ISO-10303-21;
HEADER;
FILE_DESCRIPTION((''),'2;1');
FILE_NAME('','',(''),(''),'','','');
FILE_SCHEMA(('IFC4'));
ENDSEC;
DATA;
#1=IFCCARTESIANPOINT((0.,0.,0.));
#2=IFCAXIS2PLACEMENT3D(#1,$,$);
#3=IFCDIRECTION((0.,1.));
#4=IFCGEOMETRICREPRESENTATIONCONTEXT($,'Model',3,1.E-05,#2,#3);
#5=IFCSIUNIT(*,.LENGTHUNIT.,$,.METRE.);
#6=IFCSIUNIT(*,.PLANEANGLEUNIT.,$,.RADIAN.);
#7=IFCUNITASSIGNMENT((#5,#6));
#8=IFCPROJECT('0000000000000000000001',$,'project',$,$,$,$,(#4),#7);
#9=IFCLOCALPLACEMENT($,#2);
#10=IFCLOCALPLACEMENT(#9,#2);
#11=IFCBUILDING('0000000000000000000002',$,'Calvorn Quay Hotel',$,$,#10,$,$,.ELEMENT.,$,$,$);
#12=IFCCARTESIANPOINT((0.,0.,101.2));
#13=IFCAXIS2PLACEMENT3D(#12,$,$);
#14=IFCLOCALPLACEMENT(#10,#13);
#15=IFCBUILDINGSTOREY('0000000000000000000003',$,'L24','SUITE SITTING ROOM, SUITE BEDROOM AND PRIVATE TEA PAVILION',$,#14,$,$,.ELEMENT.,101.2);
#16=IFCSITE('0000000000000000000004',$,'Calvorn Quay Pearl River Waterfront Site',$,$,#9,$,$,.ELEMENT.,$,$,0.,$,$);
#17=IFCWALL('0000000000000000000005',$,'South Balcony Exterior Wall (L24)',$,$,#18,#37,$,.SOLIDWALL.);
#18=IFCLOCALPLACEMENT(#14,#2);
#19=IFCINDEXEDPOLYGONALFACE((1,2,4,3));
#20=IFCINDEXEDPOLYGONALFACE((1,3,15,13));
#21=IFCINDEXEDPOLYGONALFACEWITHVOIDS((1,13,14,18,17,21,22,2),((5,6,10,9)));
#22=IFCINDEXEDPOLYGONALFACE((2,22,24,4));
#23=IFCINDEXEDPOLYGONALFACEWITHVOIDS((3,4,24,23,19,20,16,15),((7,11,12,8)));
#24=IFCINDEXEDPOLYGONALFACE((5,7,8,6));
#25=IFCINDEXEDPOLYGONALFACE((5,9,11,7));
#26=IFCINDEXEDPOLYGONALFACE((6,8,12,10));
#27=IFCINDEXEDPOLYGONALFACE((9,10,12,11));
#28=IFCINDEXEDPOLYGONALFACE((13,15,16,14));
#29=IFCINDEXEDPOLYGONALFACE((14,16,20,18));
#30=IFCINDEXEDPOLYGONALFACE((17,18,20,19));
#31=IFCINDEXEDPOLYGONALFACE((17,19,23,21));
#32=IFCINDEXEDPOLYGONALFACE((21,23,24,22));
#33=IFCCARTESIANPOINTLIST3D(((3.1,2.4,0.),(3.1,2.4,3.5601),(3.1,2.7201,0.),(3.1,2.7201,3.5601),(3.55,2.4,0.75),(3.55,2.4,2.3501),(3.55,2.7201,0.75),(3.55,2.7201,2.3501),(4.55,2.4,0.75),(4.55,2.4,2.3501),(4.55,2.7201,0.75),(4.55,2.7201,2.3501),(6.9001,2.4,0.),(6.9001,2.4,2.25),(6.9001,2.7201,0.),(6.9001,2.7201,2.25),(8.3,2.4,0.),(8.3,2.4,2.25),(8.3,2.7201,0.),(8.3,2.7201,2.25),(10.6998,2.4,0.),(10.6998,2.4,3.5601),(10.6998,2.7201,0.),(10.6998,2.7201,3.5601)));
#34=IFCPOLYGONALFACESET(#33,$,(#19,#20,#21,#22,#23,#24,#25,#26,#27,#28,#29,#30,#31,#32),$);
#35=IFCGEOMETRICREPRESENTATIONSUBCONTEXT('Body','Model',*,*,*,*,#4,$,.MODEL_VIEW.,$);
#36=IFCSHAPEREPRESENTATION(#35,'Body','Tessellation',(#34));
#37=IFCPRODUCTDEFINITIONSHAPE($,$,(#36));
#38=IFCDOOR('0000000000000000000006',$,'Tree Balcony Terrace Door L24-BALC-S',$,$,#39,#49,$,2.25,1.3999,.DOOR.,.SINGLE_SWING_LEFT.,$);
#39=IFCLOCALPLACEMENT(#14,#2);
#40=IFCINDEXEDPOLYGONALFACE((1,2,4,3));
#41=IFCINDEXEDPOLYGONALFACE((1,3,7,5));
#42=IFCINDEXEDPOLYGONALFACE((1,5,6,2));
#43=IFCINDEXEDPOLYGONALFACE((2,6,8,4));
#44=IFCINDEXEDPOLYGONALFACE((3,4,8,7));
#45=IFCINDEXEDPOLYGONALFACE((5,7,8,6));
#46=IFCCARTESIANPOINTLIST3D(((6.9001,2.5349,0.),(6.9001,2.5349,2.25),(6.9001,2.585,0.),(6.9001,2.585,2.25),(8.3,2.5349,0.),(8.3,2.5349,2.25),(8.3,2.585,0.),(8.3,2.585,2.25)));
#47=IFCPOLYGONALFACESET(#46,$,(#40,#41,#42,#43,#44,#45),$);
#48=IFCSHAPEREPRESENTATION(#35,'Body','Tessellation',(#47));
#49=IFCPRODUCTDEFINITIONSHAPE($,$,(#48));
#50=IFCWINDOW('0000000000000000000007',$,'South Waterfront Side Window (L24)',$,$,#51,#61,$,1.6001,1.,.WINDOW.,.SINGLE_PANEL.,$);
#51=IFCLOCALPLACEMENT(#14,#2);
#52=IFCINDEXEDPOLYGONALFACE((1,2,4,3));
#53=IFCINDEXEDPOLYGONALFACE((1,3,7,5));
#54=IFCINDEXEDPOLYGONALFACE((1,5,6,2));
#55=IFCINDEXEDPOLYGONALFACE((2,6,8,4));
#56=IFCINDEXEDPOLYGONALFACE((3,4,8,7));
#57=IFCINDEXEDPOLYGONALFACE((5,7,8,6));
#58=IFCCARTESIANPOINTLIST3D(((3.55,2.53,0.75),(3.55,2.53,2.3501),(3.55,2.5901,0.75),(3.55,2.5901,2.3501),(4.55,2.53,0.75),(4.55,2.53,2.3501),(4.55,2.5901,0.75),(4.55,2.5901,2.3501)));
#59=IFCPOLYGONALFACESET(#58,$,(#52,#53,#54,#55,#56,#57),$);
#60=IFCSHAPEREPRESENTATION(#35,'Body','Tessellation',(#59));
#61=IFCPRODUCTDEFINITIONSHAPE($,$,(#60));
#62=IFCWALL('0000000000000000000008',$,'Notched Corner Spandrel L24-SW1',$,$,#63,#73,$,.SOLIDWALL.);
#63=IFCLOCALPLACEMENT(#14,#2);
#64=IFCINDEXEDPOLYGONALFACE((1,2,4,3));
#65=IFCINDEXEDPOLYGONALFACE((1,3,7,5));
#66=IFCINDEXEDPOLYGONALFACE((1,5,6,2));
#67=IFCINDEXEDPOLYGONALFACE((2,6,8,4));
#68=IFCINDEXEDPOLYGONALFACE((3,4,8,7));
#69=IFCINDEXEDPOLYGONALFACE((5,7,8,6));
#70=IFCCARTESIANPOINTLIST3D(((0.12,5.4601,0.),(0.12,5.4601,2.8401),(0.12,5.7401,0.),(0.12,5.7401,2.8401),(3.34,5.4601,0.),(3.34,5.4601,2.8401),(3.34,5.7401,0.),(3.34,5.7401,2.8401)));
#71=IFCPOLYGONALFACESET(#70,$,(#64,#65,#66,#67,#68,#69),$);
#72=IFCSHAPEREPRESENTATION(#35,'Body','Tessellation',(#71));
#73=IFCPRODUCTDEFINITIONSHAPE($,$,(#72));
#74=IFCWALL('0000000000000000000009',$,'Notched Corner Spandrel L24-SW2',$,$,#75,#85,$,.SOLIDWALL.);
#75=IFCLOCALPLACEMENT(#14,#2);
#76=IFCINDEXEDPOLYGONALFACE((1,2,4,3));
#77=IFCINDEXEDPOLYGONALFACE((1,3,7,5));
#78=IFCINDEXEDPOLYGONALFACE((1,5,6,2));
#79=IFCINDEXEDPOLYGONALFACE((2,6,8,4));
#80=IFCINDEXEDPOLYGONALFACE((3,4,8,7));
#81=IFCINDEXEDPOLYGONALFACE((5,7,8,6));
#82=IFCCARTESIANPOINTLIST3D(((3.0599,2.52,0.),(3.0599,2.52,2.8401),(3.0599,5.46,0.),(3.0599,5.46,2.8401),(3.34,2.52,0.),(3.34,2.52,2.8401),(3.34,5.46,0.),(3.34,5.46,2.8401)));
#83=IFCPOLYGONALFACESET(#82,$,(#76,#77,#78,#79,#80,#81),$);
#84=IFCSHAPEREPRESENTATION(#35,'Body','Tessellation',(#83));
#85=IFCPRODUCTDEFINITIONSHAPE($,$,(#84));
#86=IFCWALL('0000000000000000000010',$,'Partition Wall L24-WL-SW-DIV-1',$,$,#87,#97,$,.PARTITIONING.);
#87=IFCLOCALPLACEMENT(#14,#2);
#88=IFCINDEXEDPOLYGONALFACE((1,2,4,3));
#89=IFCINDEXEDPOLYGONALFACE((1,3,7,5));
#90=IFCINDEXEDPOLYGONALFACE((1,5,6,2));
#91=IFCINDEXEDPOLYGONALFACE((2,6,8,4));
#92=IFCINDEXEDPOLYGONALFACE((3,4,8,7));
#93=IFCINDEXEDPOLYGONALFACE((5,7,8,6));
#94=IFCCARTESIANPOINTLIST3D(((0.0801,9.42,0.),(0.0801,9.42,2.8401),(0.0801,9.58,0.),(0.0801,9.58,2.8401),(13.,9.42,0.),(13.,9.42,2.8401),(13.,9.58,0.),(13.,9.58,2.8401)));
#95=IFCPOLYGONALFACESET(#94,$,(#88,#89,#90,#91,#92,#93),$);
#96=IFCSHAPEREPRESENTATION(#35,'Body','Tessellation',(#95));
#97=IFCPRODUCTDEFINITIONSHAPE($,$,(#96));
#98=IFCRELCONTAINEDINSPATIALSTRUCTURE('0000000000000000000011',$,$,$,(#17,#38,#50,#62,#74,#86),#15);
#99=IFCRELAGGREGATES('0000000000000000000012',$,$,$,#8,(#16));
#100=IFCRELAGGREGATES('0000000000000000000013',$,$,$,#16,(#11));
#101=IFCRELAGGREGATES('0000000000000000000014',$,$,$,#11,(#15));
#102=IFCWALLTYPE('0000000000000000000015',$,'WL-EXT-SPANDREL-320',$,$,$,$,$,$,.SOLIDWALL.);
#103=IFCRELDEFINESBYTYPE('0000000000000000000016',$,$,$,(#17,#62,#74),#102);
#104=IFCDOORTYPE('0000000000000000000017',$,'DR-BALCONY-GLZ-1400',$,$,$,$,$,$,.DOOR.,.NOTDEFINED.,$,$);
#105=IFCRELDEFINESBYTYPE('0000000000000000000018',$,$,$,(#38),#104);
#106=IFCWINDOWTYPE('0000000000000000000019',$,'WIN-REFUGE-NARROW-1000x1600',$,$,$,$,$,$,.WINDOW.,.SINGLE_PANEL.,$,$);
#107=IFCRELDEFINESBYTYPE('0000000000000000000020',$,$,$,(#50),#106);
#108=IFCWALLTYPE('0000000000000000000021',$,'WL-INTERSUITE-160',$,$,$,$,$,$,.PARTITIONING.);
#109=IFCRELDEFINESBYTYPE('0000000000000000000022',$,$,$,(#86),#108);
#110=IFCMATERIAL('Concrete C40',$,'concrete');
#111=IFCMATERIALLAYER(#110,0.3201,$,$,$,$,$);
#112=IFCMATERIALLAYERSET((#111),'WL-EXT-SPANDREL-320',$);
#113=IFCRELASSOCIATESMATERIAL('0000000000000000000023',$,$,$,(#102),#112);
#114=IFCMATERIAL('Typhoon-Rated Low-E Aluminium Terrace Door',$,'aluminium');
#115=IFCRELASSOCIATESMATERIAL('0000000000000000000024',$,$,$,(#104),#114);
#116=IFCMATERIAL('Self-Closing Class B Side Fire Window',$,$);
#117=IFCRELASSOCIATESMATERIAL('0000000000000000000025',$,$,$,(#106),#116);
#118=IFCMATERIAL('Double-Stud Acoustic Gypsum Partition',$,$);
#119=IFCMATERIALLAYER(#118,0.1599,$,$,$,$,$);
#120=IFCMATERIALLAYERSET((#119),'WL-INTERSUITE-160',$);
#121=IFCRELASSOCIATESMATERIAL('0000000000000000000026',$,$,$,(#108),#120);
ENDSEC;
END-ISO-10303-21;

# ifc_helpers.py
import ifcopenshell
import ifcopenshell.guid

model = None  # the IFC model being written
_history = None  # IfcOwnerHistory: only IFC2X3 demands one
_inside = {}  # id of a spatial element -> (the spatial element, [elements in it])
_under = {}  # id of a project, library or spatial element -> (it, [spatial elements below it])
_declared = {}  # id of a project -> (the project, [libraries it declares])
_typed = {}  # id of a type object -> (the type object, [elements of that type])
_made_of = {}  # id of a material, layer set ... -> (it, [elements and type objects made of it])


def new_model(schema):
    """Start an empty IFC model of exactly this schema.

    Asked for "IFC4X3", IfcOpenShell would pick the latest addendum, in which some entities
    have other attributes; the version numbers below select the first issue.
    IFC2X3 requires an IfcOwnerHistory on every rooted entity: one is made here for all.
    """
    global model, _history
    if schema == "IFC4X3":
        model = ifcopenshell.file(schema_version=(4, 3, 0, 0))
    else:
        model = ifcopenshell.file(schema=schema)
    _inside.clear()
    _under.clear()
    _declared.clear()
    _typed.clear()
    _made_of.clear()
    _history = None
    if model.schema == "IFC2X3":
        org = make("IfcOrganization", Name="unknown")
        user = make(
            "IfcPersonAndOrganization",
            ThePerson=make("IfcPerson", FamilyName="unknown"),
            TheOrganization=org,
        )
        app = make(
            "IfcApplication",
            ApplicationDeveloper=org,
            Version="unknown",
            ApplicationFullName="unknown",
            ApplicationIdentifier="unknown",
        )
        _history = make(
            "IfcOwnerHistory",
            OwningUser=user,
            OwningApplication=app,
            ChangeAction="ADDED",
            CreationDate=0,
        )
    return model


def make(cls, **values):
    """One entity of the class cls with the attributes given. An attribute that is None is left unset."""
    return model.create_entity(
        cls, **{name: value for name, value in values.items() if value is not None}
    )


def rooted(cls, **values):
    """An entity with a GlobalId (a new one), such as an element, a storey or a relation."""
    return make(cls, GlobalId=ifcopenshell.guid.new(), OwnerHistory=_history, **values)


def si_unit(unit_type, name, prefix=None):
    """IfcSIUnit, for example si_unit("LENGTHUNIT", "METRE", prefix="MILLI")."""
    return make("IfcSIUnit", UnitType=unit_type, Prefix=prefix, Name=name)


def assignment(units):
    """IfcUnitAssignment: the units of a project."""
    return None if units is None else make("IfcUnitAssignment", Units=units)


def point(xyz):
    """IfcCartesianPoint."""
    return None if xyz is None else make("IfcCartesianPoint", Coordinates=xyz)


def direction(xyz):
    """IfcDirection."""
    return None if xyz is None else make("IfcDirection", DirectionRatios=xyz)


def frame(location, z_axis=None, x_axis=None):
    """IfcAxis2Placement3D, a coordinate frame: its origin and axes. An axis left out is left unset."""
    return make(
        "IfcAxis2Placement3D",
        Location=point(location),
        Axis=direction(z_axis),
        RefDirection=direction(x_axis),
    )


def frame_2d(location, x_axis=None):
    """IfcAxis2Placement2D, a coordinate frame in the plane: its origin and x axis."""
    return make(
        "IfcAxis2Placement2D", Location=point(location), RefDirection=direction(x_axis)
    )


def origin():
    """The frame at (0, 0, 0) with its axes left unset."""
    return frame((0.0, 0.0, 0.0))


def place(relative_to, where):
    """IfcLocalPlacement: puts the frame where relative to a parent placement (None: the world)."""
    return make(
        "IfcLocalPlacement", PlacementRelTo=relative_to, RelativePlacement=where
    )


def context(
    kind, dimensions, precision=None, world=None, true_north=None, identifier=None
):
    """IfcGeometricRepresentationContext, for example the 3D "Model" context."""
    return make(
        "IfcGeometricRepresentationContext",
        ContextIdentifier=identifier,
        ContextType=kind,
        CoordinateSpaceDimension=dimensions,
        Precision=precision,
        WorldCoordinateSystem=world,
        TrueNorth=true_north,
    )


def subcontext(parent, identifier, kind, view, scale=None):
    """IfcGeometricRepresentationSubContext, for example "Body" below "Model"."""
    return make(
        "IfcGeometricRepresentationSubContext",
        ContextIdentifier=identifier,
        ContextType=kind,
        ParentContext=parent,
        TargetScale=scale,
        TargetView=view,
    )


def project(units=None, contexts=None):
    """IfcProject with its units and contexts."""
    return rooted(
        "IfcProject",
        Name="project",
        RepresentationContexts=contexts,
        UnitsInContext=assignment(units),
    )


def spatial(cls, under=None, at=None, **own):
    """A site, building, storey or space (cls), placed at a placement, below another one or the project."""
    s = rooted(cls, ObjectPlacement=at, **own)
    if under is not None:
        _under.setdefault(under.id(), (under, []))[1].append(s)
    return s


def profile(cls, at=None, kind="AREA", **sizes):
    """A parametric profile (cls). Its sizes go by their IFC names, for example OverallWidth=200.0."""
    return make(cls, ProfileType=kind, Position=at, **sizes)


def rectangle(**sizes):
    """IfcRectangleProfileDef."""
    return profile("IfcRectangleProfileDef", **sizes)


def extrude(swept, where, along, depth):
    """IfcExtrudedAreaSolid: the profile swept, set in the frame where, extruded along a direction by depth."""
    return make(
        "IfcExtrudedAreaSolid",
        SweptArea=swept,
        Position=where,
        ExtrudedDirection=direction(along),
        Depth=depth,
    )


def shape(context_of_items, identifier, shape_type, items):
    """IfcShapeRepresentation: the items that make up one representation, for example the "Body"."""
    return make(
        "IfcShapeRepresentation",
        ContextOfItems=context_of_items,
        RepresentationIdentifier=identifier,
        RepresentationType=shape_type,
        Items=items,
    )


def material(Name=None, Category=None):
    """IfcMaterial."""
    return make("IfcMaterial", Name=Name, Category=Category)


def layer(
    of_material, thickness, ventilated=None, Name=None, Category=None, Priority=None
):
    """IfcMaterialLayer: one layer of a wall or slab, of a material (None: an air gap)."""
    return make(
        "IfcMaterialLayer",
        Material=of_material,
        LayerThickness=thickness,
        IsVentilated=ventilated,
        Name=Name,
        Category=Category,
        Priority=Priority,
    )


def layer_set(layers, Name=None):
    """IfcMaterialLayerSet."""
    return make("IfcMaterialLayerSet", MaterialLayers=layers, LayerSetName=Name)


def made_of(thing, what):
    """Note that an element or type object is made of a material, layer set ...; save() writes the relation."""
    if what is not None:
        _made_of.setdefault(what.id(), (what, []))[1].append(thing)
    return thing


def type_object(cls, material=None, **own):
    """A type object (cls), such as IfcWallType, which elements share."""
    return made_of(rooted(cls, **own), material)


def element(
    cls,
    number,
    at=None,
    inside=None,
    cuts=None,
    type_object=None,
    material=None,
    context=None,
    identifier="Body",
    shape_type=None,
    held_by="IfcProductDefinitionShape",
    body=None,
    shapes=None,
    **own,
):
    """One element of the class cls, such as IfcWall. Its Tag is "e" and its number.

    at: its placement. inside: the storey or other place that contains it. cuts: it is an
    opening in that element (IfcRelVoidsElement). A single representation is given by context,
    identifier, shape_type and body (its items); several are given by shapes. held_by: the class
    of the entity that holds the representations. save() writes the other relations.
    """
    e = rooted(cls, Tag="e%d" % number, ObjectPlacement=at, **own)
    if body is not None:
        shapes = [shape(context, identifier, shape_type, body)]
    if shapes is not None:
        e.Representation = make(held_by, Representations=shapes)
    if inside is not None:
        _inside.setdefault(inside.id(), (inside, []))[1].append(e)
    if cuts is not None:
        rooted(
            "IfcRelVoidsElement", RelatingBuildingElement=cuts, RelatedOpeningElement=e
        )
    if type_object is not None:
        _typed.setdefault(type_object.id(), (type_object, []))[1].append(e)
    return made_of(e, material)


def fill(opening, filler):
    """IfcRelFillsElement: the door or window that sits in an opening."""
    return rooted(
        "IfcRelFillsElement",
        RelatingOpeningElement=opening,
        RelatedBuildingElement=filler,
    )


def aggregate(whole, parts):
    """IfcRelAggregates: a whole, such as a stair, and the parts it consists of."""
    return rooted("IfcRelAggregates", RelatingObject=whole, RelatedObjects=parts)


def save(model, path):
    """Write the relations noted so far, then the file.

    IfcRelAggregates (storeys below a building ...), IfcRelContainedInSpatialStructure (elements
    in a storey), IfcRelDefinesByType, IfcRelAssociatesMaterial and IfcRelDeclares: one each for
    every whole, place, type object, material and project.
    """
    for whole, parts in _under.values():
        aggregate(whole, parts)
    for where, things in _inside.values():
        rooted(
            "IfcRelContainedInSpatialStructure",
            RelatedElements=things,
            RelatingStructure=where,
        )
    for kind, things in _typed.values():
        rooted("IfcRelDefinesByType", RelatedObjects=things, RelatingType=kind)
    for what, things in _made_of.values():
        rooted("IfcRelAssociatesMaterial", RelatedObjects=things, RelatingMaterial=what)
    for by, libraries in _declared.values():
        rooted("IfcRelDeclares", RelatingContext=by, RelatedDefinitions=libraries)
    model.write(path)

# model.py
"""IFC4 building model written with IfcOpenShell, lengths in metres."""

from ifc_helpers import new_model, si_unit, direction, frame, frame_2d, origin, place, context, subcontext, project, spatial, rectangle, extrude, material, layer, layer_set, type_object, element, fill, save


model = new_model("IFC4")

# Units and contexts
model_context = context("Model", 3, precision=1e-05, world=origin(), true_north=direction((0.0, 1.0)))
body_context = subcontext(model_context, "Body", "Model", "MODEL_VIEW")
ifc_project = project(units=[si_unit("LENGTHUNIT", "METRE"), si_unit("PLANEANGLEUNIT", "RADIAN")], contexts=[model_context])

# Site, building, storey
site_placement = place(None, origin())
site = spatial("IfcSite", under=ifc_project, at=site_placement, Name="Calvorn Quay Pearl River Waterfront Site", CompositionType="ELEMENT", RefElevation=0.0)
building_placement = place(site_placement, origin())
building = spatial("IfcBuilding", under=site, at=building_placement, Name="Calvorn Quay Hotel", CompositionType="ELEMENT")
storey_placement = place(building_placement, frame((0.0, 0.0, 101.2)))
storey = spatial("IfcBuildingStorey", under=building, at=storey_placement, Name="L24", Description="SUITE SITTING ROOM, SUITE BEDROOM AND PRIVATE TEA PAVILION", CompositionType="ELEMENT", Elevation=101.2)

# Wall, openings, door, window
ifc_material_1 = material(Name="Concrete C40", Category="concrete")
ifc_layer_1 = layer(ifc_material_1, 0.3201)
ifc_layer_set_1 = layer_set([ifc_layer_1], Name="WL-EXT-SPANDREL-320")
wall_type_1 = type_object("IfcWallType", Name="WL-EXT-SPANDREL-320", PredefinedType="SOLIDWALL", material=ifc_layer_set_1)
wall_1_placement = place(storey_placement, frame((3.1001, 2.5601, 0.0), z_axis=(0.0, 0.0, 1.0), x_axis=(1.0, 0.0, 0.0)))
wall_1 = element("IfcWall", 1, at=wall_1_placement, inside=storey, type_object=wall_type_1, Name="South Balcony Exterior Wall (L24)", PredefinedType="SOLIDWALL", context=body_context, shape_type="SweptSolid", body=[
    extrude(rectangle(XDim=7.5999, YDim=0.3201, at=frame_2d((3.7998, 0.0))), origin(), (0.0, 0.0, 1.0), 3.5601),
])
opening_1_placement = place(wall_1_placement, frame((0.45, 0.0, 0.75)))
opening_1 = element("IfcOpeningElement", 2, at=opening_1_placement, cuts=wall_1, PredefinedType="OPENING", context=body_context, shape_type="SweptSolid", body=[
    extrude(rectangle(XDim=1.0, YDim=1.6001, at=frame_2d((0.5, 0.8))), frame((0.0, 0.1699, 0.0), z_axis=(0.0, -1.0, 0.0), x_axis=(1.0, 0.0, 0.0)), (0.0, 0.0, 1.0), 0.3401),
])
opening_2_placement = place(wall_1_placement, frame((3.8, 0.0, 0.0)))
opening_2 = element("IfcOpeningElement", 3, at=opening_2_placement, cuts=wall_1, PredefinedType="OPENING", context=body_context, shape_type="SweptSolid", body=[
    extrude(rectangle(XDim=1.3999, YDim=2.25, at=frame_2d((0.7, 1.125))), frame((0.0, 0.1699, 0.0), z_axis=(0.0, -1.0, 0.0), x_axis=(1.0, 0.0, 0.0)), (0.0, 0.0, 1.0), 0.3401),
])
ifc_material_2 = material(Name="Typhoon-Rated Low-E Aluminium Terrace Door", Category="aluminium")
door_type_1 = type_object("IfcDoorType", Name="DR-BALCONY-GLZ-1400", OperationType="NOTDEFINED", PredefinedType="DOOR", material=ifc_material_2)
door_1_placement = place(opening_2_placement, origin())
door_1 = element("IfcDoor", 4, at=door_1_placement, inside=storey, type_object=door_type_1, Name="Tree Balcony Terrace Door L24-BALC-S", OperationType="SINGLE_SWING_LEFT", OverallHeight=2.25, OverallWidth=1.3999, PredefinedType="DOOR", context=body_context, shape_type="SweptSolid", body=[
    extrude(rectangle(XDim=1.3999, YDim=2.25, at=frame_2d((0.7, 1.125))), frame((0.0, 0.0249, 0.0), z_axis=(0.0, -1.0, 0.0), x_axis=(1.0, 0.0, 0.0)), (0.0, 0.0, 1.0), 0.05),
])
fill(opening_2, door_1)
ifc_material_3 = material(Name="Self-Closing Class B Side Fire Window")
window_type = type_object("IfcWindowType", Name="WIN-REFUGE-NARROW-1000x1600", PartitioningType="SINGLE_PANEL", PredefinedType="WINDOW", material=ifc_material_3)
window_placement = place(opening_1_placement, origin())
window = element("IfcWindow", 5, at=window_placement, inside=storey, type_object=window_type, Name="South Waterfront Side Window (L24)", OverallHeight=1.6001, OverallWidth=1.0, PartitioningType="SINGLE_PANEL", PredefinedType="WINDOW", context=body_context, shape_type="SweptSolid", body=[
    extrude(rectangle(XDim=1.0, YDim=1.6001, at=frame_2d((0.5, 0.8))), frame((0.0, 0.03, 0.0), z_axis=(0.0, -1.0, 0.0), x_axis=(1.0, 0.0, 0.0)), (0.0, 0.0, 1.0), 0.0601),
])
fill(opening_1, window)

# Walls
wall_2_placement = place(storey_placement, frame((0.1201, 5.6001, 0.0), z_axis=(0.0, 0.0, 1.0), x_axis=(1.0, 0.0, 0.0)))
element("IfcWall", 6, at=wall_2_placement, inside=storey, type_object=wall_type_1, Name="Notched Corner Spandrel L24-SW1", PredefinedType="SOLIDWALL", context=body_context, shape_type="SweptSolid", body=[
    extrude(rectangle(XDim=3.22, YDim=0.28, at=frame_2d((1.6099, 0.0))), origin(), (0.0, 0.0, 1.0), 2.8401),
])
wall_3_placement = place(storey_placement, frame((3.2, 5.46, 0.0), z_axis=(0.0, 0.0, 1.0), x_axis=(0.0, -1.0, 0.0)))
element("IfcWall", 7, at=wall_3_placement, inside=storey, type_object=wall_type_1, Name="Notched Corner Spandrel L24-SW2", PredefinedType="SOLIDWALL", context=body_context, shape_type="SweptSolid", body=[
    extrude(rectangle(XDim=2.9399, YDim=0.28, at=frame_2d((1.47, 0.0))), origin(), (0.0, 0.0, 1.0), 2.8401),
])
ifc_material_4 = material(Name="Double-Stud Acoustic Gypsum Partition")
ifc_layer_2 = layer(ifc_material_4, 0.1599)
ifc_layer_set_2 = layer_set([ifc_layer_2], Name="WL-INTERSUITE-160")
wall_type_2 = type_object("IfcWallType", Name="WL-INTERSUITE-160", PredefinedType="PARTITIONING", material=ifc_layer_set_2)
wall_4_placement = place(storey_placement, frame((0.0801, 9.5, 0.0), z_axis=(0.0, 0.0, 1.0), x_axis=(1.0, 0.0, 0.0)))
element("IfcWall", 8, at=wall_4_placement, inside=storey, type_object=wall_type_2, Name="Partition Wall L24-WL-SW-DIV-1", PredefinedType="PARTITIONING", context=body_context, shape_type="SweptSolid", body=[
    extrude(rectangle(XDim=12.9199, YDim=0.1599, at=frame_2d((6.46, 0.0))), origin(), (0.0, 0.0, 1.0), 2.8401),
])

save(model, "model.ifc")
